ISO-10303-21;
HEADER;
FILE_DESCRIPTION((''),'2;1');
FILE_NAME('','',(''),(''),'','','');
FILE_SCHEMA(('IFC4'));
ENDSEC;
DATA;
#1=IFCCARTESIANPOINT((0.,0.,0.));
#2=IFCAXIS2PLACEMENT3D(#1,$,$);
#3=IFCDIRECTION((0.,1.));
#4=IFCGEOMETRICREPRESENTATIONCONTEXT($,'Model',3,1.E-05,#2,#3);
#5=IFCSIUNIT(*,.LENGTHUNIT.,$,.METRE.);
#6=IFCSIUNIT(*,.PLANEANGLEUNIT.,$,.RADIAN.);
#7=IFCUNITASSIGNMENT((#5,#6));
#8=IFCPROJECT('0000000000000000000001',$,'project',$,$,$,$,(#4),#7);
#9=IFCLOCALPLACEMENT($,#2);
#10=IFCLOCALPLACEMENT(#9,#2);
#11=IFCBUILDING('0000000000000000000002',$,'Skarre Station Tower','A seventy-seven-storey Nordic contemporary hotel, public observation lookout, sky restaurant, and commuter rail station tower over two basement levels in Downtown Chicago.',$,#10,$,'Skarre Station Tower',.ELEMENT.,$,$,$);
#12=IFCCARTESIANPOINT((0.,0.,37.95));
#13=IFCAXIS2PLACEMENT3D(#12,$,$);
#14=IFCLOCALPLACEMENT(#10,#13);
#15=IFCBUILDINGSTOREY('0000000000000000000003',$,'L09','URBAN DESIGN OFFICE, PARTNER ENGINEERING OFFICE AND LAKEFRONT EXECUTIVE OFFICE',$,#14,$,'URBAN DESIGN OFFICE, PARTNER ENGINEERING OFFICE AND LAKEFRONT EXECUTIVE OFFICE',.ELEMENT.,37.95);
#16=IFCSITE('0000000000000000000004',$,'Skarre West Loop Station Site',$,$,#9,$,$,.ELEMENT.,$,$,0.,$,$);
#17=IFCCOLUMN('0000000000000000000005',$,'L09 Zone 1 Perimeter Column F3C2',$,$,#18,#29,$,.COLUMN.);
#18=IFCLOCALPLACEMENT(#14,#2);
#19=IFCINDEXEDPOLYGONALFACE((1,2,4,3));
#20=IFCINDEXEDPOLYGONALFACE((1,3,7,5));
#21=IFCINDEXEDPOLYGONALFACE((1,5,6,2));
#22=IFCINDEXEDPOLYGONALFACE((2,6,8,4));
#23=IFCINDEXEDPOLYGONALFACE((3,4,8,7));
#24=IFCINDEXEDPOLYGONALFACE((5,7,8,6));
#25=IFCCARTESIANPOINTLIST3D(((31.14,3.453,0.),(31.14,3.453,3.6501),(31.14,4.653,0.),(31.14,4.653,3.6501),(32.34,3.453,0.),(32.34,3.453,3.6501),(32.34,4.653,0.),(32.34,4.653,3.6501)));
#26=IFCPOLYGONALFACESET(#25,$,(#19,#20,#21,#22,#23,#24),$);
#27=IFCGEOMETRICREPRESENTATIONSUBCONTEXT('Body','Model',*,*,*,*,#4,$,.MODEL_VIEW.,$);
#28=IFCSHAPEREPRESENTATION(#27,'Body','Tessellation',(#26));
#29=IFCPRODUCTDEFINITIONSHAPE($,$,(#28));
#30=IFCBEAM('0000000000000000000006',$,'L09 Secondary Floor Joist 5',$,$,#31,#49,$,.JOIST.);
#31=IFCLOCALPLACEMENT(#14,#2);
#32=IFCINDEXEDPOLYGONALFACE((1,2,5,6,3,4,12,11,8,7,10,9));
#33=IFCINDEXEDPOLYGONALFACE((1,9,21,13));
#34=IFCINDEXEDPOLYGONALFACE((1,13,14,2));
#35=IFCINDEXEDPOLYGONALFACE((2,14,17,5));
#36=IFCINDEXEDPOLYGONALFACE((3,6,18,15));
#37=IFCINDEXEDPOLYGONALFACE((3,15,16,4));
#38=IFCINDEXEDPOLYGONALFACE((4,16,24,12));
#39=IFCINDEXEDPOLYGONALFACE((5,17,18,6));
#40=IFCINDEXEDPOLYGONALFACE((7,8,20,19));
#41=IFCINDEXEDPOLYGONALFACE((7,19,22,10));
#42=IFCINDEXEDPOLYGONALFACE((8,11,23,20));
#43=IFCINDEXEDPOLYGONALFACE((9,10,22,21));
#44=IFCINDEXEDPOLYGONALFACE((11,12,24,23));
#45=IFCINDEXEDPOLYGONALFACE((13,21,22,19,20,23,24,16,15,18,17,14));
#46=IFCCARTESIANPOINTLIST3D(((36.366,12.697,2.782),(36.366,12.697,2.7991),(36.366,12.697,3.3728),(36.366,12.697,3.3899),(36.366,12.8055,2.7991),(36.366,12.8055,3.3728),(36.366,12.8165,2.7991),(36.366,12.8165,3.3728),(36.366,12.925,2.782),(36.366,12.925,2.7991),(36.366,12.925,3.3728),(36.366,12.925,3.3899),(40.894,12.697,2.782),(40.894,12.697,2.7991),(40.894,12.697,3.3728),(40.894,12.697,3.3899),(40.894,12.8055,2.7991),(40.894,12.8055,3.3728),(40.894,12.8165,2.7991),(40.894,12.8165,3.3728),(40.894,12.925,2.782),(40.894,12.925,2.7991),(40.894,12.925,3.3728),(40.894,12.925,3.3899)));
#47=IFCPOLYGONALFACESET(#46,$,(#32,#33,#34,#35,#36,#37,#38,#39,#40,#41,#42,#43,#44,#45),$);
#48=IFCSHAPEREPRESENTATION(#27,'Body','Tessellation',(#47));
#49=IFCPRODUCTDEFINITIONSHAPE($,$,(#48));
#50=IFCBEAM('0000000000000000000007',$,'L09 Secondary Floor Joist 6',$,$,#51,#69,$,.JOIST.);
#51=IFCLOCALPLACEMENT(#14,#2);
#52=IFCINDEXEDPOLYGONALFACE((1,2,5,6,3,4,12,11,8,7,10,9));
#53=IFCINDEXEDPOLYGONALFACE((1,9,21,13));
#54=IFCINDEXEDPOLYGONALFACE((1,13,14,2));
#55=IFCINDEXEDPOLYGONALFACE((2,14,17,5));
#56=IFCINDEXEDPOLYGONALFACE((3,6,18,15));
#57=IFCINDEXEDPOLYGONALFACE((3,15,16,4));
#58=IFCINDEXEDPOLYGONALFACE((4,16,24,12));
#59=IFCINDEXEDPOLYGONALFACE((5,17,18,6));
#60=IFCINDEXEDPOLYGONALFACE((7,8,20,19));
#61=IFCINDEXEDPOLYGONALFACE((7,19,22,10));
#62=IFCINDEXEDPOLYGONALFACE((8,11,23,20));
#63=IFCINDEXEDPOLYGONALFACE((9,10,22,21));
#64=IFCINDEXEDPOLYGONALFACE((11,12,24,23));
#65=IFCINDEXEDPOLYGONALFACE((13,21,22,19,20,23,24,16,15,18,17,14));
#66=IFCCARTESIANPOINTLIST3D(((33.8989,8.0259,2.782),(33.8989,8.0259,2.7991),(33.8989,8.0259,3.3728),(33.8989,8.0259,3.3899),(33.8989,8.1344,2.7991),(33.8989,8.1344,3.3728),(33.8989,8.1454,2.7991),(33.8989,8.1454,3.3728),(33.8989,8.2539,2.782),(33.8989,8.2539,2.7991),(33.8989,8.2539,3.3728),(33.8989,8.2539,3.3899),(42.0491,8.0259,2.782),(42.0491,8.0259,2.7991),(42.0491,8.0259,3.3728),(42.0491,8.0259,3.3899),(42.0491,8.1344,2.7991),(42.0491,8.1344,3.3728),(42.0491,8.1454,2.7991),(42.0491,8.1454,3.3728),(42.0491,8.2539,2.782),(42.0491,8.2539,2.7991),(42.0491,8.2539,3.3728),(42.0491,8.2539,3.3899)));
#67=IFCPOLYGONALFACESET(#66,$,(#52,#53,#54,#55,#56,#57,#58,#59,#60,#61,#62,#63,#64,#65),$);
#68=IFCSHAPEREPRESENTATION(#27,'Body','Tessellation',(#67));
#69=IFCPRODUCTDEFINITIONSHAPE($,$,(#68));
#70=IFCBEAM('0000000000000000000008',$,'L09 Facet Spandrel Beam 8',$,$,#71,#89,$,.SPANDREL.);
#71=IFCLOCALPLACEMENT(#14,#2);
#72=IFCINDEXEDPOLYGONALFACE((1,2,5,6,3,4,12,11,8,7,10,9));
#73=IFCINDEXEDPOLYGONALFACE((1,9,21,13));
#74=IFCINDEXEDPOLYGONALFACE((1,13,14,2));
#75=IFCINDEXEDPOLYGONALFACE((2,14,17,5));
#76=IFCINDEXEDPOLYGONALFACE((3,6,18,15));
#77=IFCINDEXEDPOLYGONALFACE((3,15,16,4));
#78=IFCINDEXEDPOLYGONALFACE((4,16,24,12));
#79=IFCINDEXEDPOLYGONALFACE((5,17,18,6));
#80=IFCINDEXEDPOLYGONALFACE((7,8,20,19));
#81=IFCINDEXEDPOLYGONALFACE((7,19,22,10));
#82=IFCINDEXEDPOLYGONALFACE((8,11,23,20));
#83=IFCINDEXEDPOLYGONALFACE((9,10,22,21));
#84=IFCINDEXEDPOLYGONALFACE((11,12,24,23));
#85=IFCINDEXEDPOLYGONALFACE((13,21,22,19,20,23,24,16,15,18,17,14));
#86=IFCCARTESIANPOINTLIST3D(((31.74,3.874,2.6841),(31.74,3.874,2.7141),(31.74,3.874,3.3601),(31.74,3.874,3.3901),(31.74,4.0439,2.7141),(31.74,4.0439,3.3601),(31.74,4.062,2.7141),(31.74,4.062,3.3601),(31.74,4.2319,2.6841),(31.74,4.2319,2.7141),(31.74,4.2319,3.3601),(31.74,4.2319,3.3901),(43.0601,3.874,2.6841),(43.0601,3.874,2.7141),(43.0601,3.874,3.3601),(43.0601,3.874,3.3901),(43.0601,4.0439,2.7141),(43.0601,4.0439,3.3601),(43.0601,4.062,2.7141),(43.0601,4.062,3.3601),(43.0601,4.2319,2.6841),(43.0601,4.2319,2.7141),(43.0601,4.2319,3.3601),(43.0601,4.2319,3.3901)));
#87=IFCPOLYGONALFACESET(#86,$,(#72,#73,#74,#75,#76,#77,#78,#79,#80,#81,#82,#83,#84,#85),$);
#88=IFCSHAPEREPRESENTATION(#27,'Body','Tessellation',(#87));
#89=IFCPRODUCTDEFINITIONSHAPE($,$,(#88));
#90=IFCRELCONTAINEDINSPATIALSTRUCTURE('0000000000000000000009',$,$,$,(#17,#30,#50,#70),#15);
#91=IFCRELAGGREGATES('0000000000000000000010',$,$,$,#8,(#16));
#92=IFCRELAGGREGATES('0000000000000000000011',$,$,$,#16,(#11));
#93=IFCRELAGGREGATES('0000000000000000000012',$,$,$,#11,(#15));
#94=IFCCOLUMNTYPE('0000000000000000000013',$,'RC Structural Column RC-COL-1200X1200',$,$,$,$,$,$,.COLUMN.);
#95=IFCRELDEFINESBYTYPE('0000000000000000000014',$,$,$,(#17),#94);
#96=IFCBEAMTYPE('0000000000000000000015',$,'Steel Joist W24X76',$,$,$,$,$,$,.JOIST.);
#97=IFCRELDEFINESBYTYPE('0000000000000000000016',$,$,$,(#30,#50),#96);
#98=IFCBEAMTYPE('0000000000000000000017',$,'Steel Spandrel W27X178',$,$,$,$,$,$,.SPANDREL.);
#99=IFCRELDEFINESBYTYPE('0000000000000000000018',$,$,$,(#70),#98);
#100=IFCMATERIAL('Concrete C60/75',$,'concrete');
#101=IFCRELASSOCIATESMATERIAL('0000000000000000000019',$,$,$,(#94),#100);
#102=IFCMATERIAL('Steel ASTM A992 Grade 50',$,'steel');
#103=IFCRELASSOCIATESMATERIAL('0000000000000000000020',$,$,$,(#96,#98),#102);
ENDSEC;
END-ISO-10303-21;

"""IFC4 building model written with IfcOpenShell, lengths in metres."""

from ifc_helpers import new_model, si_unit, direction, frame, origin, origin_2d, place, context, subcontext, project, spatial, rectangle, i_section, extrude, material, material_profile, profile_set, type_object, element, save


model = new_model("IFC4")

# Units and contexts
model_context = context("Model", 3, precision=1e-05, world=origin(), true_north=direction((0.0, 1.0)))
body_context = subcontext(model_context, "Body", "Model", "MODEL_VIEW")
ifc_project = project(units=[si_unit("LENGTHUNIT", "METRE"), si_unit("PLANEANGLEUNIT", "RADIAN")], contexts=[model_context])

# Site, building, storey
site_placement = place(None, origin())
site = spatial("IfcSite", under=ifc_project, at=site_placement, Name="Skarre West Loop Station Site", CompositionType="ELEMENT", RefElevation=0.0)
building_placement = place(site_placement, origin())
building = spatial("IfcBuilding", under=site, at=building_placement, Name="Skarre Station Tower", Description="A seventy-seven-storey Nordic contemporary hotel, public observation lookout, sky restaurant, and commuter rail station tower over two basement levels in Downtown Chicago.", LongName="Skarre Station Tower", CompositionType="ELEMENT")
storey_placement = place(building_placement, frame((0.0, 0.0, 37.95)))
storey = spatial("IfcBuildingStorey", under=building, at=storey_placement, Name="L09", Description="URBAN DESIGN OFFICE, PARTNER ENGINEERING OFFICE AND LAKEFRONT EXECUTIVE OFFICE", LongName="URBAN DESIGN OFFICE, PARTNER ENGINEERING OFFICE AND LAKEFRONT EXECUTIVE OFFICE", CompositionType="ELEMENT", Elevation=37.95)

# Column
ifc_material_1 = material(Name="Concrete C60/75", Category="concrete")
ifc_material_profile_1 = material_profile(ifc_material_1, rectangle(XDim=1.2, YDim=1.2, at=origin_2d()), Name="Concrete C60/75")
ifc_profile_set_1 = profile_set([ifc_material_profile_1], Name="Concrete C60/75")
column_type = type_object("IfcColumnType", Name="RC Structural Column RC-COL-1200X1200", PredefinedType="COLUMN", material=ifc_profile_set_1)
column_placement = place(storey_placement, frame((31.74, 4.053, 0.0), z_axis=(0.0, 0.0, 1.0), x_axis=(1.0, 0.0, 0.0)))
element("IfcColumn", 1, at=column_placement, inside=storey, type_object=column_type, Name="L09 Zone 1 Perimeter Column F3C2", PredefinedType="COLUMN", context=body_context, shape_type="SweptSolid", body=[
    extrude(rectangle(XDim=1.2, YDim=1.2, at=origin_2d()), origin(), (0.0, 0.0, 1.0), 3.6501),
])

# Beams
ifc_material_2 = material(Name="Steel ASTM A992 Grade 50", Category="steel")
ifc_material_profile_2 = material_profile(ifc_material_2, i_section(OverallWidth=0.228, OverallDepth=0.6079, WebThickness=0.011, FlangeThickness=0.0171, at=origin_2d()), Name="Steel ASTM A992 Grade 50")
ifc_profile_set_2 = profile_set([ifc_material_profile_2], Name="Steel ASTM A992 Grade 50")
beam_type_1 = type_object("IfcBeamType", Name="Steel Joist W24X76", PredefinedType="JOIST", material=ifc_profile_set_2)
beam_1_placement = place(storey_placement, frame((36.366, 12.811, 3.0859), z_axis=(1.0, 0.0, 0.0), x_axis=(0.0, 1.0, 0.0)))
element("IfcBeam", 2, at=beam_1_placement, inside=storey, type_object=beam_type_1, Name="L09 Secondary Floor Joist 5", PredefinedType="JOIST", context=body_context, shape_type="SweptSolid", body=[
    extrude(i_section(OverallWidth=0.228, OverallDepth=0.6079, WebThickness=0.011, FlangeThickness=0.0171, at=origin_2d()), origin(), (0.0, 0.0, 1.0), 4.5281),
])
beam_2_placement = place(storey_placement, frame((33.8989, 8.1399, 3.0859), z_axis=(1.0, 0.0, 0.0), x_axis=(0.0, 1.0, 0.0)))
element("IfcBeam", 3, at=beam_2_placement, inside=storey, type_object=beam_type_1, Name="L09 Secondary Floor Joist 6", PredefinedType="JOIST", context=body_context, shape_type="SweptSolid", body=[
    extrude(i_section(OverallWidth=0.228, OverallDepth=0.6079, WebThickness=0.011, FlangeThickness=0.0171, at=origin_2d()), origin(), (0.0, 0.0, 1.0), 8.1501),
])
ifc_material_profile_3 = material_profile(ifc_material_2, i_section(OverallWidth=0.3579, OverallDepth=0.7061, WebThickness=0.0181, FlangeThickness=0.03, at=origin_2d()), Name="Steel ASTM A992 Grade 50")
ifc_profile_set_3 = profile_set([ifc_material_profile_3], Name="Steel ASTM A992 Grade 50")
beam_type_2 = type_object("IfcBeamType", Name="Steel Spandrel W27X178", PredefinedType="SPANDREL", material=ifc_profile_set_3)
beam_3_placement = place(storey_placement, frame((31.74, 4.053, 3.0371), z_axis=(1.0, 0.0, 0.0), x_axis=(0.0, 1.0, 0.0)))
element("IfcBeam", 4, at=beam_3_placement, inside=storey, type_object=beam_type_2, Name="L09 Facet Spandrel Beam 8", PredefinedType="SPANDREL", context=body_context, shape_type="SweptSolid", body=[
    extrude(i_section(OverallWidth=0.3579, OverallDepth=0.7061, WebThickness=0.0181, FlangeThickness=0.03, at=origin_2d()), origin(), (0.0, 0.0, 1.0), 11.3201),
])

save(model, "model.ifc")
